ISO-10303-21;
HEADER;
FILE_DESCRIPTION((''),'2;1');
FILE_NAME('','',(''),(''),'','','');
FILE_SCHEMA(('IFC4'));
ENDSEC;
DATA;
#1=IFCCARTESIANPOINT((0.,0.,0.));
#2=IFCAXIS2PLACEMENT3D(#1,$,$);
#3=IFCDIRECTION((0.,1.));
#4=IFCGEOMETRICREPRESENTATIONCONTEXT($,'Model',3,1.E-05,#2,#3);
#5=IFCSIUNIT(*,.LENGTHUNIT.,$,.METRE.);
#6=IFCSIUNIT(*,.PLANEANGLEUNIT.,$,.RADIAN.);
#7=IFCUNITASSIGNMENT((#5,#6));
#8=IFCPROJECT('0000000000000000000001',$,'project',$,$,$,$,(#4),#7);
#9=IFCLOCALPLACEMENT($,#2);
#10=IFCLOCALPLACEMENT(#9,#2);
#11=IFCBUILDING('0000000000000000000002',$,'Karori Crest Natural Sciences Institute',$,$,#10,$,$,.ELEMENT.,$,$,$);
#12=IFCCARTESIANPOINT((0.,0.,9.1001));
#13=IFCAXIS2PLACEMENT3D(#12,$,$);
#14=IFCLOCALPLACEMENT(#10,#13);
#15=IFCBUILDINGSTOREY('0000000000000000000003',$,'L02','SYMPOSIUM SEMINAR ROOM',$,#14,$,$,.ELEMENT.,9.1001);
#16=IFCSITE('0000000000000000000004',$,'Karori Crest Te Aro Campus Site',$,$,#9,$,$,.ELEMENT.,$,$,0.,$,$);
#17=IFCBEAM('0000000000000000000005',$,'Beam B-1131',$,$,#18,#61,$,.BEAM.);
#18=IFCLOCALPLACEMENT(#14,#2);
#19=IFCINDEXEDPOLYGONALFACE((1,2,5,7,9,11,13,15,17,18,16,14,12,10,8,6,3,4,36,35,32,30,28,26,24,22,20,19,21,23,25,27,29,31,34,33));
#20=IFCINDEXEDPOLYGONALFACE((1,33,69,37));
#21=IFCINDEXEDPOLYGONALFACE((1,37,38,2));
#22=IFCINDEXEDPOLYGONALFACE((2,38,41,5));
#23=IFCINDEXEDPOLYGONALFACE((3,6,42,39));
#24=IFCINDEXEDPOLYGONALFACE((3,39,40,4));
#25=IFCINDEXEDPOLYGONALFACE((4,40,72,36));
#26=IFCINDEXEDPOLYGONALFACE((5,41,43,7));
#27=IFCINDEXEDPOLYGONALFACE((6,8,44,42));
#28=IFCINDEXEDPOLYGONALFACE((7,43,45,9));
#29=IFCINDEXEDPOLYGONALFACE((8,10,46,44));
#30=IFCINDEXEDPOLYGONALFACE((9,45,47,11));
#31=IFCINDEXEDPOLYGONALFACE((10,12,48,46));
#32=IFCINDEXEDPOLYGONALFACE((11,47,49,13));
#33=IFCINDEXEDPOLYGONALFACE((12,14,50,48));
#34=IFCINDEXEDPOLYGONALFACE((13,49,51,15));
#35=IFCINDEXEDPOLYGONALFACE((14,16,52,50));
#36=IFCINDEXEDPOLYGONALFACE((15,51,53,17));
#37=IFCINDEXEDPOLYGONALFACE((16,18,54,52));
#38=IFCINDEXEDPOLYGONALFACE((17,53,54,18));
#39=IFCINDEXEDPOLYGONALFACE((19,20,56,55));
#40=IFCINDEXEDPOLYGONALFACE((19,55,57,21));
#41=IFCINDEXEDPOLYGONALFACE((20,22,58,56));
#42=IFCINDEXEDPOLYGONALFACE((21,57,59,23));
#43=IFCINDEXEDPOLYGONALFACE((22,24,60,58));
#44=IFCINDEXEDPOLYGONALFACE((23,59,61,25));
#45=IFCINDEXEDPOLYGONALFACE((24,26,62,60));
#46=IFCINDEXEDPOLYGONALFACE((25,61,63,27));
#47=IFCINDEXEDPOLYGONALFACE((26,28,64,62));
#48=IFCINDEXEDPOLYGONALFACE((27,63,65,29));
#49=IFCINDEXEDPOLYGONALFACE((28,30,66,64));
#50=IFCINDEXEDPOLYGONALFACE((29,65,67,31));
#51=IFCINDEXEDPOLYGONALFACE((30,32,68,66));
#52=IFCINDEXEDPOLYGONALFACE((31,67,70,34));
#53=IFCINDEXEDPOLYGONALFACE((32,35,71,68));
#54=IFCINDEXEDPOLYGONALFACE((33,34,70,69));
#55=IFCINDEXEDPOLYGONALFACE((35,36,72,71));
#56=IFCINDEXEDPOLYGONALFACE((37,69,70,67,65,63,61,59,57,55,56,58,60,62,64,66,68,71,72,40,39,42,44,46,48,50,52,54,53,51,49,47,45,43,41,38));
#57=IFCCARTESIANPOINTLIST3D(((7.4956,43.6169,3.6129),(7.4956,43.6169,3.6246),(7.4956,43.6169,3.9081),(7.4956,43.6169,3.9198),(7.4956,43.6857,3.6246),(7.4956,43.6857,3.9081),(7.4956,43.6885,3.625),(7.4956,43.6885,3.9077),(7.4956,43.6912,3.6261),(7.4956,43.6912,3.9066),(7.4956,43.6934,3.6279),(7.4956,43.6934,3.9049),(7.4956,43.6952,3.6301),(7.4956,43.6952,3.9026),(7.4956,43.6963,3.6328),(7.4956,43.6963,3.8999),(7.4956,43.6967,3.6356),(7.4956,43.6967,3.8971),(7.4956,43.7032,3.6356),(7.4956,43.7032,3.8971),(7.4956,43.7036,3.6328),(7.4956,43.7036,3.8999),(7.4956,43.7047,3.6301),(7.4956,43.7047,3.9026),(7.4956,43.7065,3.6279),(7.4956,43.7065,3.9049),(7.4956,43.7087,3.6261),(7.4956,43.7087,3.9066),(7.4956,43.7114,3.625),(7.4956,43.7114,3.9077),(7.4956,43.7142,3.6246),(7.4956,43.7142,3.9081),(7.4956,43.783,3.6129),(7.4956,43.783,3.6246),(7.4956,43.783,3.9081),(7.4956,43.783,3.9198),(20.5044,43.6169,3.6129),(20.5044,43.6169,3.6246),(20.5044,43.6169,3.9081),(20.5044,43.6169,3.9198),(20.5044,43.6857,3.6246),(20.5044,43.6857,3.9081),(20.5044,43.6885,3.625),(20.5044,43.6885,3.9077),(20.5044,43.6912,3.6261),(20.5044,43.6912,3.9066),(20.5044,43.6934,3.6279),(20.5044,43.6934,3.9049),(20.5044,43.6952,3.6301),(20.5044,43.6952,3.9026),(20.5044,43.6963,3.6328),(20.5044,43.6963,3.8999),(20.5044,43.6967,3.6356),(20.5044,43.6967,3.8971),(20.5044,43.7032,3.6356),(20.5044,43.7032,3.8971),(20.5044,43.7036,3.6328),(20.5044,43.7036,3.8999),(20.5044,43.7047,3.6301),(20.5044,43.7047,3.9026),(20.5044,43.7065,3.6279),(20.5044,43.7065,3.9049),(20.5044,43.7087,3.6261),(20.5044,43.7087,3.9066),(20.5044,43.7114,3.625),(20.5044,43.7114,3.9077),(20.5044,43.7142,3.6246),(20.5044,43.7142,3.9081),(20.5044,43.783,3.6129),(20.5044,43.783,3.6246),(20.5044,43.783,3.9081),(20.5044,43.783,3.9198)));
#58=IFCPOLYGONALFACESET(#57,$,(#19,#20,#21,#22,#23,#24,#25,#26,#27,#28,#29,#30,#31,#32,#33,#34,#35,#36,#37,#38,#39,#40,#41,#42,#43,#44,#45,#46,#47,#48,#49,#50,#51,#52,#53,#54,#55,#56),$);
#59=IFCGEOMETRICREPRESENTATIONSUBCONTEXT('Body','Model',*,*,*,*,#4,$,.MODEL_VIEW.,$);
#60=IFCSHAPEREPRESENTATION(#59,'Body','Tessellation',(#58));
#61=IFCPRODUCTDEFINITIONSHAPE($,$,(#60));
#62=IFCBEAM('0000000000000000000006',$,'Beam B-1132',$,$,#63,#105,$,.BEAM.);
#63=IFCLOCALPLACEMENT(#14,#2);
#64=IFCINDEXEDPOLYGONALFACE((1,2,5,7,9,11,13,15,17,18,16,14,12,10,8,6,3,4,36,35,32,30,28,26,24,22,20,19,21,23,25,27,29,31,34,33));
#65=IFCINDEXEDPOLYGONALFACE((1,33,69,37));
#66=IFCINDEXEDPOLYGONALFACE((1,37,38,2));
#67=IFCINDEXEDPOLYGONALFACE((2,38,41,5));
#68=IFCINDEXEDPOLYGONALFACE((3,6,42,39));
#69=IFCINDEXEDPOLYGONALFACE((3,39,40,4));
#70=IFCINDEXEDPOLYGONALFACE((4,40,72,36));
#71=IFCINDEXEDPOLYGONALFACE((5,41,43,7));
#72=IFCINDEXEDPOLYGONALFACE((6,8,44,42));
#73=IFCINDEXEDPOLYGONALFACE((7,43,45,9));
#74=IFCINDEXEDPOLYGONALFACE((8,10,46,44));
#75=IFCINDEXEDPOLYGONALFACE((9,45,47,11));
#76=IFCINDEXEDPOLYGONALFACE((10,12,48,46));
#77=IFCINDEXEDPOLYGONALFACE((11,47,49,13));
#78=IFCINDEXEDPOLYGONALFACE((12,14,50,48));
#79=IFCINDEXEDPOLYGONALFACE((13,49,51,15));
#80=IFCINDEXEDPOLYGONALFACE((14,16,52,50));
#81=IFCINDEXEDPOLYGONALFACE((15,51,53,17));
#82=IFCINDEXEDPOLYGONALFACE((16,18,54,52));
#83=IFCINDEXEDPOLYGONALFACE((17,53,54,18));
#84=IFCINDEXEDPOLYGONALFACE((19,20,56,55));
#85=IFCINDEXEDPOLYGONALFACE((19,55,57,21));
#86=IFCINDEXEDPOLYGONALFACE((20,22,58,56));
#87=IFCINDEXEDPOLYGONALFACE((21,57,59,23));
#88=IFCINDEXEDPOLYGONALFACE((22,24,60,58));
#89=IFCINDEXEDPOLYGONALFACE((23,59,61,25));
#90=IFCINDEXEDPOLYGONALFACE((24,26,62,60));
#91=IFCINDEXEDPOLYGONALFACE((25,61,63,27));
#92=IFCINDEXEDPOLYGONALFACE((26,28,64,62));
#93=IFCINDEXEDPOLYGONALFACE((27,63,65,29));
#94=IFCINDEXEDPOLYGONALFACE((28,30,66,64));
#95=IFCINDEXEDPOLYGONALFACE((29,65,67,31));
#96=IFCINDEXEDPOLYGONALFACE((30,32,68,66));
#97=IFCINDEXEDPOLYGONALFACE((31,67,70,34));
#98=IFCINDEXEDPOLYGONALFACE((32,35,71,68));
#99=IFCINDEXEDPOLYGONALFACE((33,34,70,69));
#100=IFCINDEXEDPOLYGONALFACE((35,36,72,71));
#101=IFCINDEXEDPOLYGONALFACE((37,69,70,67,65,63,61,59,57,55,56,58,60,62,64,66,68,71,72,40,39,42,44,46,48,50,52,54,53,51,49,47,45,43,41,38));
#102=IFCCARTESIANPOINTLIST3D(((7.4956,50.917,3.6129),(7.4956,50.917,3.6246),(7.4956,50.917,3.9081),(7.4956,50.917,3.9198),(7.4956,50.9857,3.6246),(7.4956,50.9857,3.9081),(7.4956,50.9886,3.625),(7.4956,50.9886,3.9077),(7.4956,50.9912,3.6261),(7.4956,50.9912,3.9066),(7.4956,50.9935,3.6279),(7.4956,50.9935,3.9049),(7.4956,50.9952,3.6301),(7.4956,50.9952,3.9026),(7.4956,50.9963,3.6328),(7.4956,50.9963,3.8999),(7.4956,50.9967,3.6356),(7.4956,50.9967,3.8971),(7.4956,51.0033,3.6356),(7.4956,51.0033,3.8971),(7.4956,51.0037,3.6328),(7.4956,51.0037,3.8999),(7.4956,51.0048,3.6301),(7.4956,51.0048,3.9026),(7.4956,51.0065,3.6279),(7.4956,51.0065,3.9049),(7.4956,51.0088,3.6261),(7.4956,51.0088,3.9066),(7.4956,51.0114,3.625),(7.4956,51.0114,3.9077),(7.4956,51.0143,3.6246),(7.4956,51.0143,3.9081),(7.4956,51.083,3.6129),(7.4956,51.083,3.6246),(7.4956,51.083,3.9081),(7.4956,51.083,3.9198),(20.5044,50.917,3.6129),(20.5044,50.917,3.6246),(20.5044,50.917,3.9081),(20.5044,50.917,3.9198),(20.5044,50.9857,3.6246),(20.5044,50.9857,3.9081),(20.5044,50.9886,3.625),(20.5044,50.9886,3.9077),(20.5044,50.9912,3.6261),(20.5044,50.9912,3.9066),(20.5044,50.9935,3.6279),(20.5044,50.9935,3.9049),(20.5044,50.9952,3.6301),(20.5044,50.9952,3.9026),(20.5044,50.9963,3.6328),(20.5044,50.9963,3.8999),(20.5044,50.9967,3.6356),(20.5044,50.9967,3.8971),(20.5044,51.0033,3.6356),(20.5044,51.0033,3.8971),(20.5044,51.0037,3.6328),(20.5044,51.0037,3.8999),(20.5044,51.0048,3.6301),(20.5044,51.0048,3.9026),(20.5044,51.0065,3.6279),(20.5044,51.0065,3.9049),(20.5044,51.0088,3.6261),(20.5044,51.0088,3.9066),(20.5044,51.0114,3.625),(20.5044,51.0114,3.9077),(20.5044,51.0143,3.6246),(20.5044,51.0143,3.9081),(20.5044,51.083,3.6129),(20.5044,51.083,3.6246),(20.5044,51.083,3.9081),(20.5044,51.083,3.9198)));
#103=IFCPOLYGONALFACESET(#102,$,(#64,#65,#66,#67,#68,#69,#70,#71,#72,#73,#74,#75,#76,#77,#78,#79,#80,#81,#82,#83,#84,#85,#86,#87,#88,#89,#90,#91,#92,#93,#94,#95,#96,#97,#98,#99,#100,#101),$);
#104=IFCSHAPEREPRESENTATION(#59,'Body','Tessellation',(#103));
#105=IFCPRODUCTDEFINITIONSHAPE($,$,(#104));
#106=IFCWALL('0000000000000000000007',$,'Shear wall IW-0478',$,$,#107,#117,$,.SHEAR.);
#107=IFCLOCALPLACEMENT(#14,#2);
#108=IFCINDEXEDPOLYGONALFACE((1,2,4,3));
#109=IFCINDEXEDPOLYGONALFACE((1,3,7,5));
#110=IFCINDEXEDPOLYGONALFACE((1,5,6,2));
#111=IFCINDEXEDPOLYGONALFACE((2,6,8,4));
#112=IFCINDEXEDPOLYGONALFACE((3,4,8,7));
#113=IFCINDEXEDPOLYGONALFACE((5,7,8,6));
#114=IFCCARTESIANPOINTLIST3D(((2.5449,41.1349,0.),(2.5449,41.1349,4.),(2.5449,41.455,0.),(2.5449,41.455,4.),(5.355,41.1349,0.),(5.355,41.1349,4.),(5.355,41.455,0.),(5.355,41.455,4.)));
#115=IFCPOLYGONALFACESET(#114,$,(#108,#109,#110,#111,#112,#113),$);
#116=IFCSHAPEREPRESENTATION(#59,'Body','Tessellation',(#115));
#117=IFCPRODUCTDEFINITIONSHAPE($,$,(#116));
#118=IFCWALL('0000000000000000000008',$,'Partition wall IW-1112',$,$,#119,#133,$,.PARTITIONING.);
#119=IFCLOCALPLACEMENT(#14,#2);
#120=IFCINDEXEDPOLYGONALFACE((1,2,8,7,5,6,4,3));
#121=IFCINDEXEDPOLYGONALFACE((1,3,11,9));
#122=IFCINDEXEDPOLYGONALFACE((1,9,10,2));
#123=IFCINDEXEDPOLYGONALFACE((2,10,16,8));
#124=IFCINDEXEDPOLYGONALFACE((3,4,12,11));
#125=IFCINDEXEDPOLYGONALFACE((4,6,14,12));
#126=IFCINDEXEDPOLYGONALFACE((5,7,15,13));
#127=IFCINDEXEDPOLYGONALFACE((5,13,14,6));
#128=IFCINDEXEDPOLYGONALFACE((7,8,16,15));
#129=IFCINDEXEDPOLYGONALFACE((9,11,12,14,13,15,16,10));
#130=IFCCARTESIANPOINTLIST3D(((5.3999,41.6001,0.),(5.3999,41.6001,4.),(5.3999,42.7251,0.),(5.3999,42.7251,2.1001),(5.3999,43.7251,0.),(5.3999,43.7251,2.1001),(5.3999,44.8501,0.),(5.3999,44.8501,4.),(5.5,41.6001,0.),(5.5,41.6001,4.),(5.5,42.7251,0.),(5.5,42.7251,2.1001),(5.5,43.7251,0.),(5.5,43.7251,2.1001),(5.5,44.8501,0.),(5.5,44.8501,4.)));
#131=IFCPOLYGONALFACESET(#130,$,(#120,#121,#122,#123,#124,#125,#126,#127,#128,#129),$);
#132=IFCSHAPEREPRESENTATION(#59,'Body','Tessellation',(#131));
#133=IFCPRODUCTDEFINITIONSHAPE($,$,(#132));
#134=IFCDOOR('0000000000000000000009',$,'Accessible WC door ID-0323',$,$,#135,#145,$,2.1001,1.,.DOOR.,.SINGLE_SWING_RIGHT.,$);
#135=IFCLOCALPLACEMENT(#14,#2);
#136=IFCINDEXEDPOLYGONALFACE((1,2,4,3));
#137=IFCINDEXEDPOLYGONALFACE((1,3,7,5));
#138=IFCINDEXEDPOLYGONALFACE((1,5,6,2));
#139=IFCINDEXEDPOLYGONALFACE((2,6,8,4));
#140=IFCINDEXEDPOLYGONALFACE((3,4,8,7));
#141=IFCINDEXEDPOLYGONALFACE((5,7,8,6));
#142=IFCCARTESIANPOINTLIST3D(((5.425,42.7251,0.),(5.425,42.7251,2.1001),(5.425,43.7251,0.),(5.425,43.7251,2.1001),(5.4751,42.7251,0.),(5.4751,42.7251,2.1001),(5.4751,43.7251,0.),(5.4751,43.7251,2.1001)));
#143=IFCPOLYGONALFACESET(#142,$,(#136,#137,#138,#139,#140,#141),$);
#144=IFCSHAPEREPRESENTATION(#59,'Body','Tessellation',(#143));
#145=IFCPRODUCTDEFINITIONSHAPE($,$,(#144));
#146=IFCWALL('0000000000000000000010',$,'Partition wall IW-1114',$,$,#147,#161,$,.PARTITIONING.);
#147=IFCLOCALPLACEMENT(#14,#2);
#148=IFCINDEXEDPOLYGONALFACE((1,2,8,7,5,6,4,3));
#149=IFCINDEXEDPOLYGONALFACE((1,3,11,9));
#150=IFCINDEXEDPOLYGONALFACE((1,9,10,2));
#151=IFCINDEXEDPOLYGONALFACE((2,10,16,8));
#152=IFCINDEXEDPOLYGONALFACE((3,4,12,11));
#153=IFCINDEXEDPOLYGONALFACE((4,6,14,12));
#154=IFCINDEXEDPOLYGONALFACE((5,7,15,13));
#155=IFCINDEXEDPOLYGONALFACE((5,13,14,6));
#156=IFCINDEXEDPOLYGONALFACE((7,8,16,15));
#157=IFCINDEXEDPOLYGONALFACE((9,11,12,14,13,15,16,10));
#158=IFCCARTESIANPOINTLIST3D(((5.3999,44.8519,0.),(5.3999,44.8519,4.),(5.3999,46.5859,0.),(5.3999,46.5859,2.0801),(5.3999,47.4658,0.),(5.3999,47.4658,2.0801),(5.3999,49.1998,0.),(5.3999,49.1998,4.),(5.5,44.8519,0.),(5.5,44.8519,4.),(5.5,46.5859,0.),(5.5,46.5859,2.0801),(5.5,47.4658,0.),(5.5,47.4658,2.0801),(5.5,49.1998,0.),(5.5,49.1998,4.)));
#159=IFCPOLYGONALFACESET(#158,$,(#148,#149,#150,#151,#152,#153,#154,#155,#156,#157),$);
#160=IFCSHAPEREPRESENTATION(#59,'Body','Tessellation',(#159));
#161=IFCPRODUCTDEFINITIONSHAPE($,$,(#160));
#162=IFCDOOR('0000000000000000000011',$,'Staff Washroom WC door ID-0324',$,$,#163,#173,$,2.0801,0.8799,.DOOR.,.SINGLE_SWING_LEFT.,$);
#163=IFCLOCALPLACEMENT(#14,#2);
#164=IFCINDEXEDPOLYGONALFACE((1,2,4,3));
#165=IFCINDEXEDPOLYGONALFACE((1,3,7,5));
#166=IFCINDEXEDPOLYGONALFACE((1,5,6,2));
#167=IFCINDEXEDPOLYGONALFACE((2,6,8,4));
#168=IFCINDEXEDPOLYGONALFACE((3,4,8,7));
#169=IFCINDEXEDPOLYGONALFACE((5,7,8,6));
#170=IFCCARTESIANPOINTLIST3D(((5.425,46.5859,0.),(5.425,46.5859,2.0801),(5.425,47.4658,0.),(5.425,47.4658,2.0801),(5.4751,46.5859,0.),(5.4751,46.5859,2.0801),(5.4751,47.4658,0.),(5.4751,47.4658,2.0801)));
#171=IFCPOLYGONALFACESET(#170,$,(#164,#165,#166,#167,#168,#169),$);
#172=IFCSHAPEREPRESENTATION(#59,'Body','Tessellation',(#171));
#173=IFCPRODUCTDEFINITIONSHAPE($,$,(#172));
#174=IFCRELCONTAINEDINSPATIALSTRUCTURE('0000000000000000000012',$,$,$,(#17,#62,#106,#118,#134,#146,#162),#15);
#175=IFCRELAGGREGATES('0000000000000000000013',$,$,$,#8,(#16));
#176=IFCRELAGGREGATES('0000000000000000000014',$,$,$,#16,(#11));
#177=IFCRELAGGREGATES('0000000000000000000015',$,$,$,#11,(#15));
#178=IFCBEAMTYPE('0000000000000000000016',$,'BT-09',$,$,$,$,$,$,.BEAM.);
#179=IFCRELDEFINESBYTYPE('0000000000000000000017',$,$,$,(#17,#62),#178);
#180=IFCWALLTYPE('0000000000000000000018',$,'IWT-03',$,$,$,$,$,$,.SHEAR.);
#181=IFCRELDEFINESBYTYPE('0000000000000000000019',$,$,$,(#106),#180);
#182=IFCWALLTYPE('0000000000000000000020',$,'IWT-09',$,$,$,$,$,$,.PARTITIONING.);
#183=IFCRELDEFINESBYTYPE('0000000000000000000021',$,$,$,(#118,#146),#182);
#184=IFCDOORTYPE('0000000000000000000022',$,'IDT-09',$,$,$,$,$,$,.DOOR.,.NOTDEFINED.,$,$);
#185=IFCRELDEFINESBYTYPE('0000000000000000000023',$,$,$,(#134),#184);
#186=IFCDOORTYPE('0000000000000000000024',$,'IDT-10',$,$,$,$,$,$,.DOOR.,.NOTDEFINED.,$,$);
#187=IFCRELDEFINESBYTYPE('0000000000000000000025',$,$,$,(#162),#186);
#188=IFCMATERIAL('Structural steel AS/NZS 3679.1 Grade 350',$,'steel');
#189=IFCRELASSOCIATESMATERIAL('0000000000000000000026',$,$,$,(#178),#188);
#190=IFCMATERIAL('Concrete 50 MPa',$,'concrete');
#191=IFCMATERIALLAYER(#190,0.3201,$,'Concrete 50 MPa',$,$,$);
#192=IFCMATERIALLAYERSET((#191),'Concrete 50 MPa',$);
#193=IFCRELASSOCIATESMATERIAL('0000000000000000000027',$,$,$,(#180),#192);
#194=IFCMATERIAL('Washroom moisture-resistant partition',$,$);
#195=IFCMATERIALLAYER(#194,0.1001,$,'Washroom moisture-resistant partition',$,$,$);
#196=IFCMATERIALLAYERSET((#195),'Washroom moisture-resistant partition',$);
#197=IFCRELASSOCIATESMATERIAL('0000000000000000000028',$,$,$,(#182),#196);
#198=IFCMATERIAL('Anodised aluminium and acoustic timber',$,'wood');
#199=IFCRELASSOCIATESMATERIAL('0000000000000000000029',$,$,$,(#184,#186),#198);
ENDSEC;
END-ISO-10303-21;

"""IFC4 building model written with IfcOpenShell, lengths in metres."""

from ifc_helpers import new_model, si_unit, direction, frame, frame_2d, origin, origin_2d, place, context, subcontext, project, spatial, rectangle, i_section, extrude, material, layer, layer_set, material_profile, profile_set, type_object, element, fill, save


model = new_model("IFC4")

# Units and contexts
model_context = context("Model", 3, precision=1e-05, world=origin(), true_north=direction((0.0, 1.0)))
body_context = subcontext(model_context, "Body", "Model", "MODEL_VIEW")
ifc_project = project(units=[si_unit("LENGTHUNIT", "METRE"), si_unit("PLANEANGLEUNIT", "RADIAN")], contexts=[model_context])

# Site, building, storey
site_placement = place(None, origin())
site = spatial("IfcSite", under=ifc_project, at=site_placement, Name="Karori Crest Te Aro Campus Site", CompositionType="ELEMENT", RefElevation=0.0)
building_placement = place(site_placement, origin())
building = spatial("IfcBuilding", under=site, at=building_placement, Name="Karori Crest Natural Sciences Institute", CompositionType="ELEMENT")
storey_placement = place(building_placement, frame((0.0, 0.0, 9.1001)))
storey = spatial("IfcBuildingStorey", under=building, at=storey_placement, Name="L02", Description="SYMPOSIUM SEMINAR ROOM", CompositionType="ELEMENT", Elevation=9.1001)

# Shared definitions
ifc_material_1 = material(Name="Structural steel AS/NZS 3679.1 Grade 350", Category="steel")

# Beams
ifc_material_profile_1 = material_profile(ifc_material_1, i_section(OverallWidth=0.166, OverallDepth=0.3069, WebThickness=0.0066, FlangeThickness=0.0117, FilletRadius=0.011, at=origin_2d()), Name="310UB46.2")
ifc_profile_set_1 = profile_set([ifc_material_profile_1], Name="Structural steel AS/NZS 3679.1 Grade 350")
beam_type_1 = type_object("IfcBeamType", Name="BT-09", PredefinedType="BEAM", material=ifc_profile_set_1)
for number, where, z_axis, x_axis, name in (
    (1, (7.4956, 43.7, 3.7664), (1.0, 0.0, 0.0), (0.0, 1.0, 0.0), "Beam B-1131"),
    (2, (7.4956, 51.0, 3.7664), (1.0, 0.0, 0.0), (0.0, 1.0, 0.0), "Beam B-1132"),
):
    element("IfcBeam", number, at=place(storey_placement, frame(where, z_axis=z_axis, x_axis=x_axis)), inside=storey, type_object=beam_type_1, Name=name, PredefinedType="BEAM", context=body_context, shape_type="SweptSolid", body=[
        extrude(i_section(OverallWidth=0.166, OverallDepth=0.3069, WebThickness=0.0066, FlangeThickness=0.0117, FilletRadius=0.011, at=origin_2d()), origin(), (0.0, 0.0, 1.0), 13.0088),
    ])

# Wall
ifc_material_2 = material(Name="Concrete 50 MPa", Category="concrete")
ifc_layer_1 = layer(ifc_material_2, 0.3201, Name="Concrete 50 MPa")
ifc_layer_set_1 = layer_set([ifc_layer_1], Name="Concrete 50 MPa")
wall_type_1 = type_object("IfcWallType", Name="IWT-03", PredefinedType="SHEAR", material=ifc_layer_set_1)
wall_1_placement = place(storey_placement, frame((2.5449, 41.2949, 0.0), z_axis=(0.0, 0.0, 1.0), x_axis=(1.0, 0.0, 0.0)))
element("IfcWall", 3, at=wall_1_placement, inside=storey, type_object=wall_type_1, Name="Shear wall IW-0478", PredefinedType="SHEAR", context=body_context, shape_type="SweptSolid", body=[
    extrude(rectangle(XDim=2.8101, YDim=0.3201, at=frame_2d((1.405, 0.0))), origin(), (0.0, 0.0, 1.0), 4.0),
])

# Walls, openings, doors
ifc_material_3 = material(Name="Washroom moisture-resistant partition")
ifc_layer_2 = layer(ifc_material_3, 0.1001, Name="Washroom moisture-resistant partition")
ifc_layer_set_2 = layer_set([ifc_layer_2], Name="Washroom moisture-resistant partition")
wall_type_2 = type_object("IfcWallType", Name="IWT-09", PredefinedType="PARTITIONING", material=ifc_layer_set_2)
wall_2_placement = place(storey_placement, frame((5.45, 41.6001, 0.0), z_axis=(0.0, 0.0, 1.0), x_axis=(0.0, 1.0, 0.0)))
wall_2 = element("IfcWall", 4, at=wall_2_placement, inside=storey, type_object=wall_type_2, Name="Partition wall IW-1112", PredefinedType="PARTITIONING", context=body_context, shape_type="SweptSolid", body=[
    extrude(rectangle(XDim=3.25, YDim=0.1001, at=frame_2d((1.625, 0.0))), origin(), (0.0, 0.0, 1.0), 4.0),
])
opening_1_placement = place(wall_2_placement, frame((1.125, 0.0, 0.0)))
opening_1 = element("IfcOpeningElement", 5, at=opening_1_placement, cuts=wall_2, PredefinedType="OPENING", context=body_context, shape_type="SweptSolid", body=[
    extrude(rectangle(XDim=1.0, YDim=2.1001, at=frame_2d((0.5, 1.05))), frame((0.0, 0.0601, 0.0), z_axis=(0.0, -1.0, 0.0), x_axis=(1.0, 0.0, 0.0)), (0.0, 0.0, 1.0), 0.1201),
])
ifc_material_4 = material(Name="Anodised aluminium and acoustic timber", Category="wood")
door_type_1 = type_object("IfcDoorType", Name="IDT-09", OperationType="NOTDEFINED", PredefinedType="DOOR", material=ifc_material_4)
door_1_placement = place(opening_1_placement, origin())
door_1 = element("IfcDoor", 6, at=door_1_placement, inside=storey, type_object=door_type_1, Name="Accessible WC door ID-0323", OperationType="SINGLE_SWING_RIGHT", OverallHeight=2.1001, OverallWidth=1.0, PredefinedType="DOOR", context=body_context, shape_type="SweptSolid", body=[
    extrude(rectangle(XDim=1.0, YDim=2.1001, at=frame_2d((0.5, 1.05))), frame((0.0, 0.0249, 0.0), z_axis=(0.0, -1.0, 0.0), x_axis=(1.0, 0.0, 0.0)), (0.0, 0.0, 1.0), 0.05),
])
fill(opening_1, door_1)
wall_3_placement = place(storey_placement, frame((5.45, 44.8521, 0.0), z_axis=(0.0, 0.0, 1.0), x_axis=(0.0, 1.0, 0.0)))
wall_3 = element("IfcWall", 7, at=wall_3_placement, inside=storey, type_object=wall_type_2, Name="Partition wall IW-1114", PredefinedType="PARTITIONING", context=body_context, shape_type="SweptSolid", body=[
    extrude(rectangle(XDim=4.3479, YDim=0.1001, at=frame_2d((2.1738, 0.0))), origin(), (0.0, 0.0, 1.0), 4.0),
])
opening_2_placement = place(wall_3_placement, frame((1.7339, 0.0, 0.0)))
opening_2 = element("IfcOpeningElement", 8, at=opening_2_placement, cuts=wall_3, PredefinedType="OPENING", context=body_context, shape_type="SweptSolid", body=[
    extrude(rectangle(XDim=0.8799, YDim=2.0801, at=frame_2d((0.4399, 1.04))), frame((0.0, 0.0601, 0.0), z_axis=(0.0, -1.0, 0.0), x_axis=(1.0, 0.0, 0.0)), (0.0, 0.0, 1.0), 0.1201),
])
door_type_2 = type_object("IfcDoorType", Name="IDT-10", OperationType="NOTDEFINED", PredefinedType="DOOR", material=ifc_material_4)
door_2_placement = place(opening_2_placement, origin())
door_2 = element("IfcDoor", 9, at=door_2_placement, inside=storey, type_object=door_type_2, Name="Staff Washroom WC door ID-0324", OperationType="SINGLE_SWING_LEFT", OverallHeight=2.0801, OverallWidth=0.8799, PredefinedType="DOOR", context=body_context, shape_type="SweptSolid", body=[
    extrude(rectangle(XDim=0.8799, YDim=2.0801, at=frame_2d((0.4399, 1.04))), frame((0.0, 0.0249, 0.0), z_axis=(0.0, -1.0, 0.0), x_axis=(1.0, 0.0, 0.0)), (0.0, 0.0, 1.0), 0.05),
])
fill(opening_2, door_2)

save(model, "model.ifc")
